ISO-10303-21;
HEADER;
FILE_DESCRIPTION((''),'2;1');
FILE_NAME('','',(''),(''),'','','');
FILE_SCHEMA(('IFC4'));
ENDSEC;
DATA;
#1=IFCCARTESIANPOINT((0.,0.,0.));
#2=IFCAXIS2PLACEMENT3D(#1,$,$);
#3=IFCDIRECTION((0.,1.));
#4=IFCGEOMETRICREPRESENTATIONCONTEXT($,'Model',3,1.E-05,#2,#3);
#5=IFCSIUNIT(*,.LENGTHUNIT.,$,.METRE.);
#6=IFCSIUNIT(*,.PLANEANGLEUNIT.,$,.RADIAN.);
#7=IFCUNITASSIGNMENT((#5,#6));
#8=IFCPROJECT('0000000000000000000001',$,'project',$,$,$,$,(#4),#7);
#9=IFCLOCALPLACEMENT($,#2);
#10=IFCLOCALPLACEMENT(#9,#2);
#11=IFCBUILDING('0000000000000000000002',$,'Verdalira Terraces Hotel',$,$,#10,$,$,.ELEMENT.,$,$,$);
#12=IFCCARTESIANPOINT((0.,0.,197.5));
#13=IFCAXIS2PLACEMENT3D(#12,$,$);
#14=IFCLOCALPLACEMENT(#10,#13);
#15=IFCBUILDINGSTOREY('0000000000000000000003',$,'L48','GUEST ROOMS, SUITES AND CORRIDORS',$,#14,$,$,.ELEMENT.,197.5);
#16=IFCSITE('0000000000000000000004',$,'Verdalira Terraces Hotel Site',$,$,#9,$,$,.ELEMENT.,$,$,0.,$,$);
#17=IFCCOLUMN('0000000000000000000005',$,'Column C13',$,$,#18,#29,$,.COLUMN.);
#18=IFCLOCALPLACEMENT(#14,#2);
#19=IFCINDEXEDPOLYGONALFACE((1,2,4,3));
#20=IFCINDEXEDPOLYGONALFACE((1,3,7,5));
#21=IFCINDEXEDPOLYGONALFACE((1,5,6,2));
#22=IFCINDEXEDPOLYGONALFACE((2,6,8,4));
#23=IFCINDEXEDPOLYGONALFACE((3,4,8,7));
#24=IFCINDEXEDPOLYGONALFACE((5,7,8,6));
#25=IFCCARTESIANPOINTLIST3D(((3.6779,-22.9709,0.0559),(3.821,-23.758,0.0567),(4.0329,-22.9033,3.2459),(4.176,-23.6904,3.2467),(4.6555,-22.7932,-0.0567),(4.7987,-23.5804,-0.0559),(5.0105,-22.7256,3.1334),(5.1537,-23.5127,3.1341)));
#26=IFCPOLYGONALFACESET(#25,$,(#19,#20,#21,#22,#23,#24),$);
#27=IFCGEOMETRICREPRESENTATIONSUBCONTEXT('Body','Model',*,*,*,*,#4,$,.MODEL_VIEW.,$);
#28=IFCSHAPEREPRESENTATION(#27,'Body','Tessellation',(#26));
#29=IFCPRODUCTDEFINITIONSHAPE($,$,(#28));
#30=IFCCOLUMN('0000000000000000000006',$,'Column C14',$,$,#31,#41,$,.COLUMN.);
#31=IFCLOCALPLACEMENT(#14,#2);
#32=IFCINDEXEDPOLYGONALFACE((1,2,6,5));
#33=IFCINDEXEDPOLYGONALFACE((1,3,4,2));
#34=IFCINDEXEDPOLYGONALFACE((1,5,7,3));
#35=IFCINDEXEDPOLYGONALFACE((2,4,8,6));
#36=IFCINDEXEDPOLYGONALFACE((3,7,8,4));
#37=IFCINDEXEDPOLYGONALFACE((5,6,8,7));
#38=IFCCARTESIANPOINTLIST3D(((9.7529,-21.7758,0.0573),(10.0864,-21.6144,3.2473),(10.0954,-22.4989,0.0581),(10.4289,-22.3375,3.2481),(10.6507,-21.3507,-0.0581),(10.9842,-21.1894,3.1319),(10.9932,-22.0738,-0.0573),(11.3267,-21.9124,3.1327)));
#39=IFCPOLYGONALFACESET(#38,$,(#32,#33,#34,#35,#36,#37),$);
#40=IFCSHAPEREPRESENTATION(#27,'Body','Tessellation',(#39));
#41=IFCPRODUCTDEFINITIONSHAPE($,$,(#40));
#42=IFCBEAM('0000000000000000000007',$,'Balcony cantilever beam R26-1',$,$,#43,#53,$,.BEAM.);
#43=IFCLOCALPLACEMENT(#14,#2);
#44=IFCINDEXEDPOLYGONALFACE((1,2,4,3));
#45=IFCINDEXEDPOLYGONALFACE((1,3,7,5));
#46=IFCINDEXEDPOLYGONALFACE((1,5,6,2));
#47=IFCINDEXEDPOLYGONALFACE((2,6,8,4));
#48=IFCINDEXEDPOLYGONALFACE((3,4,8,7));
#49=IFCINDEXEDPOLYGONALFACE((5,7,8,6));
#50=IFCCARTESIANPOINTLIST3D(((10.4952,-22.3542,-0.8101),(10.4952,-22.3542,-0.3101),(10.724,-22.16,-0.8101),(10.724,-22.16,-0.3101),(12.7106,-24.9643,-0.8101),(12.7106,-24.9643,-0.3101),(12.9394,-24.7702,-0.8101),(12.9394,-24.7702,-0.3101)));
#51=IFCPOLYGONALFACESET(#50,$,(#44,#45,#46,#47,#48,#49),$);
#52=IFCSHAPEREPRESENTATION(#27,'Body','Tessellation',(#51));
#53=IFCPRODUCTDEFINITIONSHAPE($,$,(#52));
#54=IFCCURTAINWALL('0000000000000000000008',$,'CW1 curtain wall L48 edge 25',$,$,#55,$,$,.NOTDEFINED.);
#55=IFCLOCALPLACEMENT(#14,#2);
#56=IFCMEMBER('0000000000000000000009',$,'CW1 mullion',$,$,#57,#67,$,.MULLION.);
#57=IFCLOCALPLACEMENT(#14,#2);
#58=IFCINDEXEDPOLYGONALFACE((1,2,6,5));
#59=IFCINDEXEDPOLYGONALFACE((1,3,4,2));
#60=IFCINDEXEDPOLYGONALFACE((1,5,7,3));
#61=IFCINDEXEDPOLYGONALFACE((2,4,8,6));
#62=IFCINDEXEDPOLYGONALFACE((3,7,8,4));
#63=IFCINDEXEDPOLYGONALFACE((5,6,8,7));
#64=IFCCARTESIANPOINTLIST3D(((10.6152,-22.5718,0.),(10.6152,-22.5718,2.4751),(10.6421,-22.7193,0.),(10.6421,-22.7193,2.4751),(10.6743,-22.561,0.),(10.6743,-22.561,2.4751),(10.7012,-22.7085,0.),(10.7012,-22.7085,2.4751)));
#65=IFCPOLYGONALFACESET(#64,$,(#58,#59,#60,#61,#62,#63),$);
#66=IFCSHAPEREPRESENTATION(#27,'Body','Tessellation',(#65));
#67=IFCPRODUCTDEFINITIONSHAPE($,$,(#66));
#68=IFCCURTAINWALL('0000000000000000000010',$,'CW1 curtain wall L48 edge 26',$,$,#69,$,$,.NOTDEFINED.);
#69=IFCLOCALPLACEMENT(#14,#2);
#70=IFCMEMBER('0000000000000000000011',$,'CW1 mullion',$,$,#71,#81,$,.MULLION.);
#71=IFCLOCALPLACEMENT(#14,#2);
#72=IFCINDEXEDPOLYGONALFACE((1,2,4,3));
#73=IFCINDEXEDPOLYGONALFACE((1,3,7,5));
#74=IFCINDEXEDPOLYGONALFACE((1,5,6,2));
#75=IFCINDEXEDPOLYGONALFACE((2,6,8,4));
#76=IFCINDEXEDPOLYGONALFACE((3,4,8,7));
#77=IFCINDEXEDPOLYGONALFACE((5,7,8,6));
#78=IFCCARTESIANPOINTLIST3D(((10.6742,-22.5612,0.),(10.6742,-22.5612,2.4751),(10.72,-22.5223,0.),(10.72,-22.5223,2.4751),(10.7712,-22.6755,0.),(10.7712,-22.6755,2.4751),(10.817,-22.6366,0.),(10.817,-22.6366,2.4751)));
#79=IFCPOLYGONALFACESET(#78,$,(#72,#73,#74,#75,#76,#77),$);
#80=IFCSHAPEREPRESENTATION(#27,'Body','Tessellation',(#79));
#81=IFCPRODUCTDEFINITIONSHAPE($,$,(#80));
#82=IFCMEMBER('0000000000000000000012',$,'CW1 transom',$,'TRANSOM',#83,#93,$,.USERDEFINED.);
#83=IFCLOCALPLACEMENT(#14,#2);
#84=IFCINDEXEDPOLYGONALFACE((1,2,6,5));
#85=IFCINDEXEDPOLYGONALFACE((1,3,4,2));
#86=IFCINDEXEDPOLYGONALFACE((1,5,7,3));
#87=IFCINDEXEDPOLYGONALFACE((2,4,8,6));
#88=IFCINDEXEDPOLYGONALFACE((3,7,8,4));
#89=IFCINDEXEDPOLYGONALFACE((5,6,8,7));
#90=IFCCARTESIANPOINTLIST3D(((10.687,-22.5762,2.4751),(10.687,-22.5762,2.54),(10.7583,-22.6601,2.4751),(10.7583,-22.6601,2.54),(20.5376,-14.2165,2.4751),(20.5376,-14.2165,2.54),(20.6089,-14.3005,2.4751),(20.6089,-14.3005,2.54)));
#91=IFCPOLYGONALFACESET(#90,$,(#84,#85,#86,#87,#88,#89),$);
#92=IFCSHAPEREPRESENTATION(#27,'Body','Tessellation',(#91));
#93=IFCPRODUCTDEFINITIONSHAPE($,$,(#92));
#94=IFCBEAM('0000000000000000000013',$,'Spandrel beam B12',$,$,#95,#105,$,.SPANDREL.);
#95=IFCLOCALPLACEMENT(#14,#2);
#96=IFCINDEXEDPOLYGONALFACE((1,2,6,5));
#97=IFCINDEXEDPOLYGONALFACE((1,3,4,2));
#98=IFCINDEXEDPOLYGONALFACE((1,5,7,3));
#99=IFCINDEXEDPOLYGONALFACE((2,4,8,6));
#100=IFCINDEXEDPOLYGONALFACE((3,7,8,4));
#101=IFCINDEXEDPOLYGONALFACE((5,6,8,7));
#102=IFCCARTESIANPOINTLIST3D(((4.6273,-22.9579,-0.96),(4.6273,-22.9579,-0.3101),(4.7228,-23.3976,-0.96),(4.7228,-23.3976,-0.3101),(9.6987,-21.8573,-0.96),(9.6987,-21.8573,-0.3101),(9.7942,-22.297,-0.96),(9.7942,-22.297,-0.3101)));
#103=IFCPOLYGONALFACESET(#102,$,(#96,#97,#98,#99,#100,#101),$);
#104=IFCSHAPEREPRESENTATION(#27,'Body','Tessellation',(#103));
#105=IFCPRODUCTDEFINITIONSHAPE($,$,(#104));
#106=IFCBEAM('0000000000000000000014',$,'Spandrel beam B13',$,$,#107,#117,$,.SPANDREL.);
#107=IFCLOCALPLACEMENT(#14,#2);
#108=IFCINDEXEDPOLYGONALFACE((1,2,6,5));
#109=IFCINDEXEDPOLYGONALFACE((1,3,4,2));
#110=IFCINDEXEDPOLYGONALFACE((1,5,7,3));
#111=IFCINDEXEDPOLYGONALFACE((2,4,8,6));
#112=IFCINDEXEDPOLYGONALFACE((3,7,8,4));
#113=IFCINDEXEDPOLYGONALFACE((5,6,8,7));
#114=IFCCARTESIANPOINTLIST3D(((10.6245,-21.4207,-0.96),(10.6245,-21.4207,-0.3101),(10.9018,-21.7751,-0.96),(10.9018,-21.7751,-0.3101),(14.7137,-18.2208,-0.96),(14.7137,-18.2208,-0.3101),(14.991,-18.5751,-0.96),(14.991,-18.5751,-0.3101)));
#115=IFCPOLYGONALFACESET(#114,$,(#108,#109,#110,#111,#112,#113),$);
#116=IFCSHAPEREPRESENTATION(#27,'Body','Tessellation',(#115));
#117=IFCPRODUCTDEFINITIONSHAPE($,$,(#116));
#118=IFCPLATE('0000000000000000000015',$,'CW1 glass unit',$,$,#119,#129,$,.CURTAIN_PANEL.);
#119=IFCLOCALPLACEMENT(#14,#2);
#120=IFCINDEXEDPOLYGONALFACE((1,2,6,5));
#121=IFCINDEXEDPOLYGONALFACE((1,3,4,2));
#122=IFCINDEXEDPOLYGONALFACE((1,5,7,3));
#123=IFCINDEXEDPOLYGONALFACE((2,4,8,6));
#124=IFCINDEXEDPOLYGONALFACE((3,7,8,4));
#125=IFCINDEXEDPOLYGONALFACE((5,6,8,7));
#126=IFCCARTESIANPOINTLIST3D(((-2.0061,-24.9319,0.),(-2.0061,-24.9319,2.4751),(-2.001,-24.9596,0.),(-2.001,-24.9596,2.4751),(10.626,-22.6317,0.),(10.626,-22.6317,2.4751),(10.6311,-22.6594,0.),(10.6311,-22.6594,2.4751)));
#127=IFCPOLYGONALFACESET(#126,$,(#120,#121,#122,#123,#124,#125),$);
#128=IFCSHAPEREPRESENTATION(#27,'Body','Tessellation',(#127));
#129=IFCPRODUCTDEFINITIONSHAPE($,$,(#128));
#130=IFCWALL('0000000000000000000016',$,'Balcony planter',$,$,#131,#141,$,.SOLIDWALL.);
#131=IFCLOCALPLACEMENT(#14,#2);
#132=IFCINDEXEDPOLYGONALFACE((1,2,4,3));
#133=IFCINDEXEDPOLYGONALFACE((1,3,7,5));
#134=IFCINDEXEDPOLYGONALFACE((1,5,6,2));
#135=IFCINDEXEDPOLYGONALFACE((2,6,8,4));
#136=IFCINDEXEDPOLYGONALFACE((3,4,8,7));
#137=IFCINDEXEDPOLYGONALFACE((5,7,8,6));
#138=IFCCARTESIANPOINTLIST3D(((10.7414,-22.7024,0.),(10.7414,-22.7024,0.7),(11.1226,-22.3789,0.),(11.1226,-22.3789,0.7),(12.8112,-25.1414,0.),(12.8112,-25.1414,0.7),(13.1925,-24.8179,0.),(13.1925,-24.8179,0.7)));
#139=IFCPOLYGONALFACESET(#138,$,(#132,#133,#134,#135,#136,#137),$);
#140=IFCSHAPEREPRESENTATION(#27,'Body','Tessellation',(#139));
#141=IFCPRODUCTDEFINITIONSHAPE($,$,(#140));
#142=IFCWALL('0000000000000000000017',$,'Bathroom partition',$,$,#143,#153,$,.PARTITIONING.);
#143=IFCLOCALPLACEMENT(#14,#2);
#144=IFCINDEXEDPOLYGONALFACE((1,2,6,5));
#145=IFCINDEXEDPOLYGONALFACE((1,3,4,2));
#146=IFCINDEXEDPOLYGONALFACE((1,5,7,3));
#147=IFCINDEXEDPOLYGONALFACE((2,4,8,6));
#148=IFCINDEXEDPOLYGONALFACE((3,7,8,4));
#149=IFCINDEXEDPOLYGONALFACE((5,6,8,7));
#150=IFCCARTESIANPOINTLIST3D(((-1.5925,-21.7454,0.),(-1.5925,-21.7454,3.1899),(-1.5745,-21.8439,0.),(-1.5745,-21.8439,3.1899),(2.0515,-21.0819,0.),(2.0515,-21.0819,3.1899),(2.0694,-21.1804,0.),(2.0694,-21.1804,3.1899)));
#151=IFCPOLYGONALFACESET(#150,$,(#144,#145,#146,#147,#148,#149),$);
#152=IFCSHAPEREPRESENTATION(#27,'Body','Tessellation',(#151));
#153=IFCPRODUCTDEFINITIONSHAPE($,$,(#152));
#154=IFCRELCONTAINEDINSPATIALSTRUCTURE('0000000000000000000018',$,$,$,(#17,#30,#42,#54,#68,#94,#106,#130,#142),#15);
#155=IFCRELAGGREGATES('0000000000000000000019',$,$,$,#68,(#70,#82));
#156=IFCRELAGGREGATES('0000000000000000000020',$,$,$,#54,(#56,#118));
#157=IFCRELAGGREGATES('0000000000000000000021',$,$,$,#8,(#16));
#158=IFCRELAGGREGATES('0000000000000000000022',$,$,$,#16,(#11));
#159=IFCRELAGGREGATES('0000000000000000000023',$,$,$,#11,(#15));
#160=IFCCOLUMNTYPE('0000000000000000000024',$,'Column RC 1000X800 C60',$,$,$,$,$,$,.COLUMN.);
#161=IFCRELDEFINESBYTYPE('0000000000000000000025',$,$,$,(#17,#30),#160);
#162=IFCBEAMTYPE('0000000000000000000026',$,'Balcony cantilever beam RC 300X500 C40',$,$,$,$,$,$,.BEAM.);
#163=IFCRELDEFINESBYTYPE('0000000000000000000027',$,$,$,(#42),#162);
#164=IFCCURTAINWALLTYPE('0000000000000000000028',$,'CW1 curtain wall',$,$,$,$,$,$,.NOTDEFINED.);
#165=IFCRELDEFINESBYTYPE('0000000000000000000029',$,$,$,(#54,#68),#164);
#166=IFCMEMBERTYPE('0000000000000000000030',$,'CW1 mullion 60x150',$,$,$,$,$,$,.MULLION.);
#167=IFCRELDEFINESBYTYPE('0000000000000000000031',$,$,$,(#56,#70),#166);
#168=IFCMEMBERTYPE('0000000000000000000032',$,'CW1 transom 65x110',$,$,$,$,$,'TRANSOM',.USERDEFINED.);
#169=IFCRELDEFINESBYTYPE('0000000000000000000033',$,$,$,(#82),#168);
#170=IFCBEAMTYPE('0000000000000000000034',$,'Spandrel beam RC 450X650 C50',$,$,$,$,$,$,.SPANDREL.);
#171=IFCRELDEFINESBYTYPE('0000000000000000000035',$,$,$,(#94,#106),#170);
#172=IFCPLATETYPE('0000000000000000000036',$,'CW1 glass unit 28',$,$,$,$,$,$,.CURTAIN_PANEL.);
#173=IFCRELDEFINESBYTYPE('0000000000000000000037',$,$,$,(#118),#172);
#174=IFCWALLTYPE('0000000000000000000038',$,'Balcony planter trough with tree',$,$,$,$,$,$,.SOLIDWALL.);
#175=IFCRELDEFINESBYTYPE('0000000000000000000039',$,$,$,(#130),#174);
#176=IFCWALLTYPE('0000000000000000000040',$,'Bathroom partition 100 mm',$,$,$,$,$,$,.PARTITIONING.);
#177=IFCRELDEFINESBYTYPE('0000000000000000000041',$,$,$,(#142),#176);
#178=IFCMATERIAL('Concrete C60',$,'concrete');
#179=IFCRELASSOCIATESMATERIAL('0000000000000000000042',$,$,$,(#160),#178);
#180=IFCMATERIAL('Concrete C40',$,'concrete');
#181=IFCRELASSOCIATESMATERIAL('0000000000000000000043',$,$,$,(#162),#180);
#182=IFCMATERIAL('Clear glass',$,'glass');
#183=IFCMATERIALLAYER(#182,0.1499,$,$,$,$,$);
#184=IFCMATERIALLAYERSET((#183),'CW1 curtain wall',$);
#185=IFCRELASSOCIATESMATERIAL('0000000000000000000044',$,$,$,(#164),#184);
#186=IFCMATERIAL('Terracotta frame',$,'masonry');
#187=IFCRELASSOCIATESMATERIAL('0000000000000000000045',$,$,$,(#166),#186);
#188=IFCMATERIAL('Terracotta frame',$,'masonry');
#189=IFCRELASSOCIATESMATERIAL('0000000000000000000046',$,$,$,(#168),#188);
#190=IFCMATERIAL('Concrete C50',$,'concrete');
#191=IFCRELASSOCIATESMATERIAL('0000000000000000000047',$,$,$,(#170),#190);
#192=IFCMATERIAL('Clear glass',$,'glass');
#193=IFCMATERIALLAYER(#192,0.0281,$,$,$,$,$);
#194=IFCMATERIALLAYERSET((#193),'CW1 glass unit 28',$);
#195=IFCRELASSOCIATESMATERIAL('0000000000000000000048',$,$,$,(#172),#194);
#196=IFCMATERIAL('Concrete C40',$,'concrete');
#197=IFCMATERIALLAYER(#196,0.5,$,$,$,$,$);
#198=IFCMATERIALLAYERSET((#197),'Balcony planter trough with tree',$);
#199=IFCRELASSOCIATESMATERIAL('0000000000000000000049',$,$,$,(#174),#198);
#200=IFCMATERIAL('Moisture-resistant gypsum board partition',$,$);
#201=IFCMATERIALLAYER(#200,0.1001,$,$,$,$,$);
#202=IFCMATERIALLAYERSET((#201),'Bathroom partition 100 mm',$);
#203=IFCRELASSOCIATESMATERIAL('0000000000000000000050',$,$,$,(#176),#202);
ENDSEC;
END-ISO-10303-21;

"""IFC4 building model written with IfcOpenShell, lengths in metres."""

from ifc_helpers import new_model, si_unit, direction, frame, frame_2d, origin, origin_2d, place, context, subcontext, project, spatial, rectangle, extrude, material, layer, layer_set, material_profile, profile_set, type_object, element, aggregate, save


model = new_model("IFC4")

# Units and contexts
model_context = context("Model", 3, precision=1e-05, world=origin(), true_north=direction((0.0, 1.0)))
body_context = subcontext(model_context, "Body", "Model", "MODEL_VIEW")
ifc_project = project(units=[si_unit("LENGTHUNIT", "METRE"), si_unit("PLANEANGLEUNIT", "RADIAN")], contexts=[model_context])

# Site, building, storey
site_placement = place(None, origin())
site = spatial("IfcSite", under=ifc_project, at=site_placement, Name="Verdalira Terraces Hotel Site", CompositionType="ELEMENT", RefElevation=0.0)
building_placement = place(site_placement, origin())
building = spatial("IfcBuilding", under=site, at=building_placement, Name="Verdalira Terraces Hotel", CompositionType="ELEMENT")
storey_placement = place(building_placement, frame((0.0, 0.0, 197.5)))
storey = spatial("IfcBuildingStorey", under=building, at=storey_placement, Name="L48", Description="GUEST ROOMS, SUITES AND CORRIDORS", CompositionType="ELEMENT", Elevation=197.5)

# Columns
ifc_material_1 = material(Name="Concrete C60", Category="concrete")
ifc_material_profile_1 = material_profile(ifc_material_1, rectangle(XDim=1.0, YDim=0.8, at=origin_2d()), Name="RC 1000X800")
ifc_profile_set_1 = profile_set([ifc_material_profile_1], Name="Concrete C60")
column_type = type_object("IfcColumnType", Name="Column RC 1000X800 C60", PredefinedType="COLUMN", material=ifc_profile_set_1)
column_1_placement = place(storey_placement, frame((4.2383, -23.2756, 0.0), z_axis=(0.110574, 0.021065, 0.993645), x_axis=(0.977633, 0.177665, -0.112559)))
element("IfcColumn", 1, at=column_1_placement, inside=storey, type_object=column_type, Name="Column C13", PredefinedType="COLUMN", context=body_context, shape_type="SweptSolid", body=[
    extrude(rectangle(XDim=1.0, YDim=0.8, at=origin_2d()), origin(), (0.0, 0.0, 1.0), 3.2104),
])
column_2_placement = place(storey_placement, frame((10.373, -21.9248, 0.0), z_axis=(0.103848, 0.050252, 0.993323), x_axis=(-0.897782, -0.425063, 0.115363)))
element("IfcColumn", 2, at=column_2_placement, inside=storey, type_object=column_type, Name="Column C14", PredefinedType="COLUMN", context=body_context, shape_type="SweptSolid", body=[
    extrude(rectangle(XDim=1.0, YDim=0.8, at=origin_2d()), origin(), (0.0, 0.0, 1.0), 3.2114),
])

# Beam
ifc_material_2 = material(Name="Concrete C40", Category="concrete")
ifc_material_profile_2 = material_profile(ifc_material_2, rectangle(XDim=0.3, YDim=0.5, at=origin_2d()), Name="RC 300X500")
ifc_profile_set_2 = profile_set([ifc_material_profile_2], Name="Concrete C40")
beam_type_1 = type_object("IfcBeamType", Name="Balcony cantilever beam RC 300X500 C40", PredefinedType="BEAM", material=ifc_profile_set_2)
beam_1_placement = place(storey_placement, frame((10.6096, -22.2571, -0.5601), z_axis=(0.647096, -0.762409, 0.0), x_axis=(0.762409, 0.647096, 0.0)))
element("IfcBeam", 3, at=beam_1_placement, inside=storey, type_object=beam_type_1, Name="Balcony cantilever beam R26-1", PredefinedType="BEAM", context=body_context, shape_type="SweptSolid", body=[
    extrude(rectangle(XDim=0.3, YDim=0.5, at=origin_2d()), origin(), (0.0, 0.0, 1.0), 3.4236),
])

# Curtain wall, member
ifc_material_3 = material(Name="Clear glass", Category="glass")
ifc_layer_1 = layer(ifc_material_3, 0.1499)
ifc_layer_set_1 = layer_set([ifc_layer_1], Name="CW1 curtain wall")
curtain_wall_type = type_object("IfcCurtainWallType", Name="CW1 curtain wall", PredefinedType="NOTDEFINED", material=ifc_layer_set_1)
curtain_wall_1_placement = place(storey_placement, origin())
curtain_wall_1 = element("IfcCurtainWall", 4, at=curtain_wall_1_placement, inside=storey, type_object=curtain_wall_type, Name="CW1 curtain wall L48 edge 25", PredefinedType="NOTDEFINED")
ifc_material_4 = material(Name="Terracotta frame", Category="masonry")
ifc_material_profile_3 = material_profile(ifc_material_4, rectangle(XDim=0.0601, YDim=0.1499, at=origin_2d()), Name="MU 60x150")
ifc_profile_set_3 = profile_set([ifc_material_profile_3], Name="Terracotta frame")
member_type_1 = type_object("IfcMemberType", Name="CW1 mullion 60x150", PredefinedType="MULLION", material=ifc_profile_set_3)
member_1_placement = place(storey_placement, frame((10.6582, -22.6401, 0.0), z_axis=(0.0, 0.0, 1.0), x_axis=(0.983823, 0.179146, 0.0)))
member_1 = element("IfcMember", 5, at=member_1_placement, type_object=member_type_1, Name="CW1 mullion", PredefinedType="MULLION", context=body_context, shape_type="SweptSolid", body=[
    extrude(rectangle(XDim=0.0601, YDim=0.1499, at=origin_2d()), origin(), (0.0, 0.0, 1.0), 2.4751),
])

# Curtain wall, members
curtain_wall_2_placement = place(storey_placement, origin())
curtain_wall_2 = element("IfcCurtainWall", 6, at=curtain_wall_2_placement, inside=storey, type_object=curtain_wall_type, Name="CW1 curtain wall L48 edge 26", PredefinedType="NOTDEFINED")
member_2_placement = place(storey_placement, frame((10.7456, -22.5989, 0.0), z_axis=(0.0, 0.0, 1.0), x_axis=(0.762443, 0.647056, 0.0)))
member_2 = element("IfcMember", 7, at=member_2_placement, type_object=member_type_1, Name="CW1 mullion", PredefinedType="MULLION", context=body_context, shape_type="SweptSolid", body=[
    extrude(rectangle(XDim=0.0601, YDim=0.1499, at=origin_2d()), origin(), (0.0, 0.0, 1.0), 2.4751),
])
ifc_material_5 = material(Name="Terracotta frame", Category="masonry")
ifc_material_profile_4 = material_profile(ifc_material_5, rectangle(XDim=0.1101, YDim=0.0649, at=origin_2d()), Name="TR 65x110")
ifc_profile_set_4 = profile_set([ifc_material_profile_4], Name="Terracotta frame")
member_type_2 = type_object("IfcMemberType", Name="CW1 transom 65x110", ElementType="TRANSOM", PredefinedType="USERDEFINED", material=ifc_profile_set_4)
member_3_placement = place(storey_placement, frame((10.7227, -22.6182, 2.5076), z_axis=(0.76245, 0.647047, 0.0), x_axis=(-0.647047, 0.76245, 0.0)))
member_3 = element("IfcMember", 8, at=member_3_placement, type_object=member_type_2, Name="CW1 transom", ObjectType="TRANSOM", PredefinedType="USERDEFINED", context=body_context, shape_type="SweptSolid", body=[
    extrude(rectangle(XDim=0.1101, YDim=0.0649, at=origin_2d()), origin(), (0.0, 0.0, 1.0), 12.9197),
])
aggregate(curtain_wall_2, [member_2, member_3])

# Beams
ifc_material_6 = material(Name="Concrete C50", Category="concrete")
ifc_material_profile_5 = material_profile(ifc_material_6, rectangle(XDim=0.45, YDim=0.6499, at=origin_2d()), Name="RC 450X650")
ifc_profile_set_5 = profile_set([ifc_material_profile_5], Name="Concrete C50")
beam_type_2 = type_object("IfcBeamType", Name="Spandrel beam RC 450X650 C50", PredefinedType="SPANDREL", material=ifc_profile_set_5)
beam_2_placement = place(storey_placement, frame((4.675, -23.1777, -0.635), z_axis=(0.977251, 0.212086, 0.0), x_axis=(-0.212086, 0.977251, 0.0)))
element("IfcBeam", 9, at=beam_2_placement, inside=storey, type_object=beam_type_2, Name="Spandrel beam B12", PredefinedType="SPANDREL", context=body_context, shape_type="SweptSolid", body=[
    extrude(rectangle(XDim=0.45, YDim=0.6499, at=origin_2d()), origin(), (0.0, 0.0, 1.0), 5.1895),
])
beam_3_placement = place(storey_placement, frame((10.7632, -21.5979, -0.635), z_axis=(0.787526, 0.616282, 0.0), x_axis=(-0.616282, 0.787526, 0.0)))
element("IfcBeam", 10, at=beam_3_placement, inside=storey, type_object=beam_type_2, Name="Spandrel beam B13", PredefinedType="SPANDREL", context=body_context, shape_type="SweptSolid", body=[
    extrude(rectangle(XDim=0.45, YDim=0.6499, at=origin_2d()), origin(), (0.0, 0.0, 1.0), 5.1924),
])

# Plate
ifc_material_7 = material(Name="Clear glass", Category="glass")
ifc_layer_2 = layer(ifc_material_7, 0.0281)
ifc_layer_set_2 = layer_set([ifc_layer_2], Name="CW1 glass unit 28")
plate_type = type_object("IfcPlateType", Name="CW1 glass unit 28", PredefinedType="CURTAIN_PANEL", material=ifc_layer_set_2)
plate_placement = place(storey_placement, frame((4.3125, -23.7957, 0.0), z_axis=(0.0, 0.0, 1.0), x_axis=(0.983823, 0.179146, 0.0)))
plate = element("IfcPlate", 11, at=plate_placement, type_object=plate_type, Name="CW1 glass unit", PredefinedType="CURTAIN_PANEL", context=body_context, shape_type="SweptSolid", body=[
    extrude(rectangle(XDim=12.8398, YDim=0.0281, at=origin_2d()), origin(), (0.0, 0.0, 1.0), 2.4751),
])
aggregate(curtain_wall_1, [member_1, plate])

# Walls
ifc_material_8 = material(Name="Concrete C40", Category="concrete")
ifc_layer_3 = layer(ifc_material_8, 0.5)
ifc_layer_set_3 = layer_set([ifc_layer_3], Name="Balcony planter trough with tree")
wall_type_1 = type_object("IfcWallType", Name="Balcony planter trough with tree", PredefinedType="SOLIDWALL", material=ifc_layer_set_3)
wall_1_placement = place(storey_placement, frame((10.9319, -22.5405, 0.0), z_axis=(0.0, 0.0, 1.0), x_axis=(0.64705, -0.762448, 0.0)))
element("IfcWall", 12, at=wall_1_placement, inside=storey, type_object=wall_type_1, Name="Balcony planter", PredefinedType="SOLIDWALL", context=body_context, shape_type="SweptSolid", body=[
    extrude(rectangle(XDim=3.199, YDim=0.5, at=frame_2d((1.5996, 0.0))), origin(), (0.0, 0.0, 1.0), 0.7),
])
ifc_material_9 = material(Name="Moisture-resistant gypsum board partition")
ifc_layer_4 = layer(ifc_material_9, 0.1001)
ifc_layer_set_4 = layer_set([ifc_layer_4], Name="Bathroom partition 100 mm")
wall_type_2 = type_object("IfcWallType", Name="Bathroom partition 100 mm", PredefinedType="PARTITIONING", material=ifc_layer_set_4)
wall_2_placement = place(storey_placement, frame((2.0605, -21.1311, 0.0), z_axis=(0.0, 0.0, 1.0), x_axis=(-0.983821, -0.179152, 0.0)))
element("IfcWall", 13, at=wall_2_placement, inside=storey, type_object=wall_type_2, Name="Bathroom partition", PredefinedType="PARTITIONING", context=body_context, shape_type="SweptSolid", body=[
    extrude(rectangle(XDim=3.7039, YDim=0.1001, at=frame_2d((1.8521, 0.0))), origin(), (0.0, 0.0, 1.0), 3.1899),
])

save(model, "model.ifc")
